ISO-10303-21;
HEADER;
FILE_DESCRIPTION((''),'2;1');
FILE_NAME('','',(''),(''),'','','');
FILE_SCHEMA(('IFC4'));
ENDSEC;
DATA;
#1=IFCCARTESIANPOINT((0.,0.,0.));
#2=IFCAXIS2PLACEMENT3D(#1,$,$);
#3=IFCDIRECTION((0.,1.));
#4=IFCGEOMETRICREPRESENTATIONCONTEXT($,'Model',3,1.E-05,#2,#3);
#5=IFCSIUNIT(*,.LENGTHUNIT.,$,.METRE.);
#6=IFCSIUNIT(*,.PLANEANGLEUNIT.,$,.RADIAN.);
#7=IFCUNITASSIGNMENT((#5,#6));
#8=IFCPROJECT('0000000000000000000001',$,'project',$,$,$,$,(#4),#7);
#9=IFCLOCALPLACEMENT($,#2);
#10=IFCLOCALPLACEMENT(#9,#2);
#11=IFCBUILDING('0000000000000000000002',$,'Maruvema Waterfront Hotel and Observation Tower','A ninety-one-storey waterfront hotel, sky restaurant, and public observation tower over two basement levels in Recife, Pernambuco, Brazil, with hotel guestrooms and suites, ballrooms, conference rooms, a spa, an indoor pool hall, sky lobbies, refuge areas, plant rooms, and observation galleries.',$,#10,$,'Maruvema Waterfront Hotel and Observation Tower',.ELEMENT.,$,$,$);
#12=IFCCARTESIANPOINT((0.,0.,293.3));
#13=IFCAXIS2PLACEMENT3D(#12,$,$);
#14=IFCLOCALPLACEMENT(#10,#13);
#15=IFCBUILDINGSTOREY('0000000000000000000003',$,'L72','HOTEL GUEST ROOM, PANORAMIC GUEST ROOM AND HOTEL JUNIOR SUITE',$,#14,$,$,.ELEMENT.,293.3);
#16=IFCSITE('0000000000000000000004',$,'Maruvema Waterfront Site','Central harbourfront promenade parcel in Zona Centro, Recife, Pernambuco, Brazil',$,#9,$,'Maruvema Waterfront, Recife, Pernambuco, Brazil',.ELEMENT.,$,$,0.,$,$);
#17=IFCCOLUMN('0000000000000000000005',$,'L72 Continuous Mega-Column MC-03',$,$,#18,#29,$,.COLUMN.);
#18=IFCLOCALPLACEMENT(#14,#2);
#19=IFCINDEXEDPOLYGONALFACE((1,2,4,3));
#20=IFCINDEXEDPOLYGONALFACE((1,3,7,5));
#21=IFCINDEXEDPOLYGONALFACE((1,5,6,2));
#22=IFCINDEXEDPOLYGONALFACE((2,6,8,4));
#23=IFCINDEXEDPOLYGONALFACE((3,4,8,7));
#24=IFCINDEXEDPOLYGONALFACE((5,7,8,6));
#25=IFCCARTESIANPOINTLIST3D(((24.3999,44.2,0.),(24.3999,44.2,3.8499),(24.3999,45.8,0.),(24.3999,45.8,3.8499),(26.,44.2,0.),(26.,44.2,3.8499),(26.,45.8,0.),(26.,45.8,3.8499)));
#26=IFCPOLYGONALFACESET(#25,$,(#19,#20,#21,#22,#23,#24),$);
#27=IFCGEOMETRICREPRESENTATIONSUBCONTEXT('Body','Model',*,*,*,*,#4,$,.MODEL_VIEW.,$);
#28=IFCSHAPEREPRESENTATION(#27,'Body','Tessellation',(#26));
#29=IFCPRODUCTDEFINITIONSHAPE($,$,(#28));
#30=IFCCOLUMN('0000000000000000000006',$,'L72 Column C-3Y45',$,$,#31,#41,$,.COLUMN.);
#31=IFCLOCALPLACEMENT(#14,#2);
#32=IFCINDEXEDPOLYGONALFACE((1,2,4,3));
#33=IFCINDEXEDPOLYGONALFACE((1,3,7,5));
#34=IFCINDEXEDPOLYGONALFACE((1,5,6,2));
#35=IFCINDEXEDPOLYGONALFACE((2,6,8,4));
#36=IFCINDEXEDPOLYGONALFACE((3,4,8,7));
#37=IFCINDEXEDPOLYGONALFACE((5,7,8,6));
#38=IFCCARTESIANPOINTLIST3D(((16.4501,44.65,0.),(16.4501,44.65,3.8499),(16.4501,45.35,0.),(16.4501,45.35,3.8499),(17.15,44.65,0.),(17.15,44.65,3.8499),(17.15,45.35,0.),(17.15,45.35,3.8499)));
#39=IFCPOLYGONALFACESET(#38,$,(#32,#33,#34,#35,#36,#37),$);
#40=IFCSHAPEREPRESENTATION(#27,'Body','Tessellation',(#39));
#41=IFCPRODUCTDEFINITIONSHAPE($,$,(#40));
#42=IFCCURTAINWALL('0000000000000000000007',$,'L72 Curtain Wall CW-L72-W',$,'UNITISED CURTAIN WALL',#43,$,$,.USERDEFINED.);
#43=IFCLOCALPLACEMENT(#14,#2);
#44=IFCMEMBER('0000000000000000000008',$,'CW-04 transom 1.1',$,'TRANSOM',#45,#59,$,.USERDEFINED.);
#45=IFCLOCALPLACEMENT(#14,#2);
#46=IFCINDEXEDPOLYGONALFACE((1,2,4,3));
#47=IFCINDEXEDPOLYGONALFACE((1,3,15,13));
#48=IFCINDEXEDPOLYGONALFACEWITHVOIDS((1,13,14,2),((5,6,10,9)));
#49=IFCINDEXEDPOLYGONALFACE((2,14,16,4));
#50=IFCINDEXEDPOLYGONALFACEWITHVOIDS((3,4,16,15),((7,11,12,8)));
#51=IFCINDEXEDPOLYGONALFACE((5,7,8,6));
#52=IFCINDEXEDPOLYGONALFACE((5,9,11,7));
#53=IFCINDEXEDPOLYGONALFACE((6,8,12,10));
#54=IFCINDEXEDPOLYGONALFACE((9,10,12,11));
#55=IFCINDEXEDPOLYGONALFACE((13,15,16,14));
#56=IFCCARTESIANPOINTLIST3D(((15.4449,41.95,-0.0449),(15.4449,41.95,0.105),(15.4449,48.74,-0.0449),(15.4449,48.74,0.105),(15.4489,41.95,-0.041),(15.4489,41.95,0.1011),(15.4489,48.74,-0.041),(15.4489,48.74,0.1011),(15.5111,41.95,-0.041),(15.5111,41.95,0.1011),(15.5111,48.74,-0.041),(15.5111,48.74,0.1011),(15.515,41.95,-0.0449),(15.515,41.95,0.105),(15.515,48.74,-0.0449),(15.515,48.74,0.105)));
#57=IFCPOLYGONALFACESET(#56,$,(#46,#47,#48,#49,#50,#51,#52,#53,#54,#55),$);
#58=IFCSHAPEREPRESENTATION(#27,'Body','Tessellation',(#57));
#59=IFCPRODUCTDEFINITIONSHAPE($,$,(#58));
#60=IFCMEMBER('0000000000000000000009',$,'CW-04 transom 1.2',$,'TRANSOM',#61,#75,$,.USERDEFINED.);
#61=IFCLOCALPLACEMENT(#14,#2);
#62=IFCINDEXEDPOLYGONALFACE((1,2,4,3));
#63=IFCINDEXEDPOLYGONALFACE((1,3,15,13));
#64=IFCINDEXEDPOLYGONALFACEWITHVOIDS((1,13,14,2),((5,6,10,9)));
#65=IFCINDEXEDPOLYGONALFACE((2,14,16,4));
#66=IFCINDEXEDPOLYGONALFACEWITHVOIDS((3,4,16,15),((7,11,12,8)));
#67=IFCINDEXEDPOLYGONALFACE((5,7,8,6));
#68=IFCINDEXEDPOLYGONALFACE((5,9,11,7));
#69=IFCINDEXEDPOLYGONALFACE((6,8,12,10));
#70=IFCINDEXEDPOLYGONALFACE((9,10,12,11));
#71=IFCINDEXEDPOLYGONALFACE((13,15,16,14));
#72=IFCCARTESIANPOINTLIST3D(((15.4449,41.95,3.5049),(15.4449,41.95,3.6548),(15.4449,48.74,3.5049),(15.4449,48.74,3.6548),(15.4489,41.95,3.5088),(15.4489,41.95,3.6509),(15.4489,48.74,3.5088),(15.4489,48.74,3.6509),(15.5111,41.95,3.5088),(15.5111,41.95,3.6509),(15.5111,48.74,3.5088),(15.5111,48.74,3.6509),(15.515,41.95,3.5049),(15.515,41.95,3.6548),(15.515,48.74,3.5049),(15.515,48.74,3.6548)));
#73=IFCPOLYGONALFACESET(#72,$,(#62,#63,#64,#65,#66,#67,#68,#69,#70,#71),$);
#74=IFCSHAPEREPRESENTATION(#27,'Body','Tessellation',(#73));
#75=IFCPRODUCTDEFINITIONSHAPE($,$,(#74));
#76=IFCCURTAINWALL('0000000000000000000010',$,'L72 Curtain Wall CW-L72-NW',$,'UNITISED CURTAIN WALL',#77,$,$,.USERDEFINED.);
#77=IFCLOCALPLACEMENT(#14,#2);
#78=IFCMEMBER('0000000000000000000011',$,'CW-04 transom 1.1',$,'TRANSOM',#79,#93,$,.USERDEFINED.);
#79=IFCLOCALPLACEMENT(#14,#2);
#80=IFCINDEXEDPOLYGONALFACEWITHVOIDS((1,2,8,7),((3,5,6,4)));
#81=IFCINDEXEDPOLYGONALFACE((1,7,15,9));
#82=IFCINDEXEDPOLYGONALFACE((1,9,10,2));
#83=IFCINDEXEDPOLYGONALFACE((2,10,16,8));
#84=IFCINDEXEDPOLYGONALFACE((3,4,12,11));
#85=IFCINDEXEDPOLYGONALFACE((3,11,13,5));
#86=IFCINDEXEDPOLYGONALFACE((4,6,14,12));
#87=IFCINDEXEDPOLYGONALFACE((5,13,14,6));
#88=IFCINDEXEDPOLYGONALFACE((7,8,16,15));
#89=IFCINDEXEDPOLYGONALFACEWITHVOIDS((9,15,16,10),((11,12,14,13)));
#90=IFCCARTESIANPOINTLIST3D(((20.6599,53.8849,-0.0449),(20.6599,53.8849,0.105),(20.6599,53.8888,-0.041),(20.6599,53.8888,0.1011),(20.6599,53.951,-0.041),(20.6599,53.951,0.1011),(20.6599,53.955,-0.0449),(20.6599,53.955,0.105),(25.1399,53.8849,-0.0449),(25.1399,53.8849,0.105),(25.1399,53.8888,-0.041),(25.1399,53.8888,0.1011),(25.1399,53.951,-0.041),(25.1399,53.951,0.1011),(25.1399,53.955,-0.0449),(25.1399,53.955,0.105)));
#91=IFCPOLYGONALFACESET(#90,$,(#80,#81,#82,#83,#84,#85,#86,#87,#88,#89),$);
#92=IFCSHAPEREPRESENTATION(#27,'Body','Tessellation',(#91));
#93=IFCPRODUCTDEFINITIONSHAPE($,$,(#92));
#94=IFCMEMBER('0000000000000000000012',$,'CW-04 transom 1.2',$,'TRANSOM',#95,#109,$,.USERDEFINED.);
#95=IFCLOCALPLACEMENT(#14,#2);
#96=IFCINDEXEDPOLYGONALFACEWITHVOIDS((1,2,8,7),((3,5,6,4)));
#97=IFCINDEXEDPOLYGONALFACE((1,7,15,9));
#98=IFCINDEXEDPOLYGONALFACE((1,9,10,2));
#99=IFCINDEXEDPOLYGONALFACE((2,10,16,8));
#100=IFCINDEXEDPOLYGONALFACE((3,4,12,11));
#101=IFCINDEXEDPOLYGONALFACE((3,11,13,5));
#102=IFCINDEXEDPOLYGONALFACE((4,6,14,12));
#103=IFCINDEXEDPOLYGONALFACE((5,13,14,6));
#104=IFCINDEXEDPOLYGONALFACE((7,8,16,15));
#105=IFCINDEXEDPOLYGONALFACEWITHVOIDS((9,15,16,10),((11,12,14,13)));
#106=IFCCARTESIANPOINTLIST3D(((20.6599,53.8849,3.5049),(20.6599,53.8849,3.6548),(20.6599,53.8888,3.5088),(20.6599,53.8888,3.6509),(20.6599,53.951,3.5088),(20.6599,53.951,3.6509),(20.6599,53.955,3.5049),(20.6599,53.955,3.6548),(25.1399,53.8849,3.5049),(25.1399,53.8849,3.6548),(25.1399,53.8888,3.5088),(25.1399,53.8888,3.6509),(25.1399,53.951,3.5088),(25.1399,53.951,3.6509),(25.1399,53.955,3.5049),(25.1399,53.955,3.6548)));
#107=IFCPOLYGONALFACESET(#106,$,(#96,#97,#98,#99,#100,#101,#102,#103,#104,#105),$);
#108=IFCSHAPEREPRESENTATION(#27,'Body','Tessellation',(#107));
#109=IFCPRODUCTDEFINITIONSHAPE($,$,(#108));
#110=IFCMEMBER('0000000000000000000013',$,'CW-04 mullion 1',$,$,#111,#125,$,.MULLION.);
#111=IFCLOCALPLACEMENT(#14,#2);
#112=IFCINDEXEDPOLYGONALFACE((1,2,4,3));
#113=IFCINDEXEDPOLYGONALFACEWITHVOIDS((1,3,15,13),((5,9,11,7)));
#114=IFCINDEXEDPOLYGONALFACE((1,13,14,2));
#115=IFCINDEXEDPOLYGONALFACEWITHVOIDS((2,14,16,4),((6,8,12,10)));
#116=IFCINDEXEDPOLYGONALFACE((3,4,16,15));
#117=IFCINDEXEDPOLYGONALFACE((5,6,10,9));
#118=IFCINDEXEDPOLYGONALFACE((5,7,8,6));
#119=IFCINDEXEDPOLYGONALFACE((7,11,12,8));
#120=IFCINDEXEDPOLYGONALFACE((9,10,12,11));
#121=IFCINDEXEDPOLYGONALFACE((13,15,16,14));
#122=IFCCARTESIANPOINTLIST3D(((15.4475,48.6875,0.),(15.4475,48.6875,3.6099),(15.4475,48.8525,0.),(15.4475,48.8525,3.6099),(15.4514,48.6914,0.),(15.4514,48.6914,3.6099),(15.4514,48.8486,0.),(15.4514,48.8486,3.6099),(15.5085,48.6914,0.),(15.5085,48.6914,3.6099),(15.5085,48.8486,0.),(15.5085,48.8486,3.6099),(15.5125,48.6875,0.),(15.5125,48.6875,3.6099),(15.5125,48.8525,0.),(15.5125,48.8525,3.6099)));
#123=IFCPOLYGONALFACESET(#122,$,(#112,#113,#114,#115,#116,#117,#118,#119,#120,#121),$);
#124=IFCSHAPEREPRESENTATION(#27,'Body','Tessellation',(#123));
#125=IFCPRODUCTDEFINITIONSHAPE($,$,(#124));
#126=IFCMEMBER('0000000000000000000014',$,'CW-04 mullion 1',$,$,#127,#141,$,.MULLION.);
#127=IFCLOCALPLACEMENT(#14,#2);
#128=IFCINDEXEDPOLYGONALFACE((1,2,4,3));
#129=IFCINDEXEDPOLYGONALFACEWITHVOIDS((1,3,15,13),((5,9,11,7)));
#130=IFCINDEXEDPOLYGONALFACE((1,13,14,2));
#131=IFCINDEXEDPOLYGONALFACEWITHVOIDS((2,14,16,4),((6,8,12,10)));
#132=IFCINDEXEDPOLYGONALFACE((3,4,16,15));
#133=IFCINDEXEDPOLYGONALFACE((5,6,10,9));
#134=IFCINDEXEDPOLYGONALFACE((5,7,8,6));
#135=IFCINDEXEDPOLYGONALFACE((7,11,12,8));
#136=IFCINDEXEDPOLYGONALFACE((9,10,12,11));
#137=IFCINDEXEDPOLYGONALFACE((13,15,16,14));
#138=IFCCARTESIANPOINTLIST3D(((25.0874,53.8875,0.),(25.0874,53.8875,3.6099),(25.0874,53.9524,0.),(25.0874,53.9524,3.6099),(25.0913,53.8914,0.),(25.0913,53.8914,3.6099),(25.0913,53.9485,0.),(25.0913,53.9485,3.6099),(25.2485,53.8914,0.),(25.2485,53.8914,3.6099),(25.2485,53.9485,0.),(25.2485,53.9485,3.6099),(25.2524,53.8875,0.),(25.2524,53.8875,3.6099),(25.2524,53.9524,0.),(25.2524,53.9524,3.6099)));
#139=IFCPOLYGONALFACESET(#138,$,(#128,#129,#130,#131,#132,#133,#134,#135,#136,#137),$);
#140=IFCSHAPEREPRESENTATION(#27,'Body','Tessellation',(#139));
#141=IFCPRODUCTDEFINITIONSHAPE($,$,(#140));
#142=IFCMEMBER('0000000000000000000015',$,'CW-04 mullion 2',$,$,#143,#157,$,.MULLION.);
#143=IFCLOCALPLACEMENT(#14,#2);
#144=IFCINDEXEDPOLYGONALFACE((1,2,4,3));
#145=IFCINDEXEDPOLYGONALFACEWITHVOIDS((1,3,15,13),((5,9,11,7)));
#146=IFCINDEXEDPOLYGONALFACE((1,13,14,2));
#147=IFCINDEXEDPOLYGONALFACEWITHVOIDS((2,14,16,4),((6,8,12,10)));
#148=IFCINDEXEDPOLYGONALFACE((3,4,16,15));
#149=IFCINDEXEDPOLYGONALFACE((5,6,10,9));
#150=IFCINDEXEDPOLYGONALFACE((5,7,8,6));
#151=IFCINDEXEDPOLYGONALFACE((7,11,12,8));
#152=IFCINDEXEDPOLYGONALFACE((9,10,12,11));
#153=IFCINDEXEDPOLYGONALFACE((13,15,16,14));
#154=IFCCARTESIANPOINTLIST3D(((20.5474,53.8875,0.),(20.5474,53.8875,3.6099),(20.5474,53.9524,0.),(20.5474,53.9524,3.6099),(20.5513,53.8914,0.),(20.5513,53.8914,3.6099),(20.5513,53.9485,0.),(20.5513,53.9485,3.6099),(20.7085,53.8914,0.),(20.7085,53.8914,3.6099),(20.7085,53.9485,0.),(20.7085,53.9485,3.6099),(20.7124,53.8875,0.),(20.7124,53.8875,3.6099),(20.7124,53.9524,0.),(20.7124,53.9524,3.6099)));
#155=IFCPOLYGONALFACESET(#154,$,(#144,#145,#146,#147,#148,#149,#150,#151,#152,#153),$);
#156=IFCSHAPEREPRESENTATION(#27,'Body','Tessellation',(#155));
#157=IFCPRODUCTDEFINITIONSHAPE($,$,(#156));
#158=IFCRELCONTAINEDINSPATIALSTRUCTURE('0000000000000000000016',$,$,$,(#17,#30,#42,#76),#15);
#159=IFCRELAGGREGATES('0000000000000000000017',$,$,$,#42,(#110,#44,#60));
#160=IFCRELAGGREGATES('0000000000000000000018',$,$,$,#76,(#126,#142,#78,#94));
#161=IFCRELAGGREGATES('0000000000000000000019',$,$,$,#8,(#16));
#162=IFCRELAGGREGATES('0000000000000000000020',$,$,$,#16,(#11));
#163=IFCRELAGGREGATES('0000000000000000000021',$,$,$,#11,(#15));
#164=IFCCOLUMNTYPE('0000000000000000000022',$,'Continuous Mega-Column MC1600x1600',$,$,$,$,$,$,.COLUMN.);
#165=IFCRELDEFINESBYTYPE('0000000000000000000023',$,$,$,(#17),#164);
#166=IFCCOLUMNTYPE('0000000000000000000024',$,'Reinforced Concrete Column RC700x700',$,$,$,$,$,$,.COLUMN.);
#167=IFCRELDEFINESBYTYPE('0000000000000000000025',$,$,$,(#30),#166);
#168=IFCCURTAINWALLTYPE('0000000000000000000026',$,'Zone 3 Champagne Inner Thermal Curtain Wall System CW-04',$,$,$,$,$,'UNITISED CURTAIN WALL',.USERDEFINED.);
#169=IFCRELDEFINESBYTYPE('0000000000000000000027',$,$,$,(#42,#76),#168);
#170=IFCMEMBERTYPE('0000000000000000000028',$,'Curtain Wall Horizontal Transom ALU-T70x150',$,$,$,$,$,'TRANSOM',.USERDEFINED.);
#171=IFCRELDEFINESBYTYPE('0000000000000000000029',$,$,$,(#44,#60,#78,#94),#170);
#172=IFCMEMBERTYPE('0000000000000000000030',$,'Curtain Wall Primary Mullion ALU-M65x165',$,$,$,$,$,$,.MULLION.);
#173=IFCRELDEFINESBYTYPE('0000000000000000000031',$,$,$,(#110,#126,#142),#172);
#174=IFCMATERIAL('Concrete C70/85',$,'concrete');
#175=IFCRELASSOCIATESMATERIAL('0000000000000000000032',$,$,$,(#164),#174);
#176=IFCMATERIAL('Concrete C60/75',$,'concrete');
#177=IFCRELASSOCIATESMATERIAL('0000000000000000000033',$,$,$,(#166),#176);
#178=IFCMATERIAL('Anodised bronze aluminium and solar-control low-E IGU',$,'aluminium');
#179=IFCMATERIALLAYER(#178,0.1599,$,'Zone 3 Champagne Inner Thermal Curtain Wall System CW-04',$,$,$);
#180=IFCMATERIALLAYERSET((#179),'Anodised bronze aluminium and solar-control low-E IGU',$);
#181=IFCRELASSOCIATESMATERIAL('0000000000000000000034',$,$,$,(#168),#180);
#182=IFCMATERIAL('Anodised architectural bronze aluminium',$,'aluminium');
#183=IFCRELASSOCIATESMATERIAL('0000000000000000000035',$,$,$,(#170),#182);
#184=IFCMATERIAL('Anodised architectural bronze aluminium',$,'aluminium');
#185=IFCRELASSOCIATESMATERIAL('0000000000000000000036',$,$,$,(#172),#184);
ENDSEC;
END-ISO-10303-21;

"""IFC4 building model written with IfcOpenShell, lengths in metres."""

from ifc_helpers import new_model, si_unit, direction, frame, origin, origin_2d, place, context, subcontext, project, spatial, rectangle, hollow_rectangle, extrude, material, layer, layer_set, material_profile, profile_set, type_object, element, aggregate, save


model = new_model("IFC4")

# Units and contexts
model_context = context("Model", 3, precision=1e-05, world=origin(), true_north=direction((0.0, 1.0)))
body_context = subcontext(model_context, "Body", "Model", "MODEL_VIEW")
ifc_project = project(units=[si_unit("LENGTHUNIT", "METRE"), si_unit("PLANEANGLEUNIT", "RADIAN")], contexts=[model_context])

# Site, building, storey
site_placement = place(None, origin())
site = spatial("IfcSite", under=ifc_project, at=site_placement, Name="Maruvema Waterfront Site", Description="Central harbourfront promenade parcel in Zona Centro, Recife, Pernambuco, Brazil", LongName="Maruvema Waterfront, Recife, Pernambuco, Brazil", CompositionType="ELEMENT", RefElevation=0.0)
building_placement = place(site_placement, origin())
building = spatial("IfcBuilding", under=site, at=building_placement, Name="Maruvema Waterfront Hotel and Observation Tower", Description="A ninety-one-storey waterfront hotel, sky restaurant, and public observation tower over two basement levels in Recife, Pernambuco, Brazil, with hotel guestrooms and suites, ballrooms, conference rooms, a spa, an indoor pool hall, sky lobbies, refuge areas, plant rooms, and observation galleries.", LongName="Maruvema Waterfront Hotel and Observation Tower", CompositionType="ELEMENT")
storey_placement = place(building_placement, frame((0.0, 0.0, 293.3)))
storey = spatial("IfcBuildingStorey", under=building, at=storey_placement, Name="L72", Description="HOTEL GUEST ROOM, PANORAMIC GUEST ROOM AND HOTEL JUNIOR SUITE", CompositionType="ELEMENT", Elevation=293.3)

# Columns
ifc_material_1 = material(Name="Concrete C70/85", Category="concrete")
ifc_material_profile_1 = material_profile(ifc_material_1, rectangle(XDim=1.6001, YDim=1.6001, at=origin_2d()), Name="MC1600x1600")
ifc_profile_set_1 = profile_set([ifc_material_profile_1], Name="Concrete C70/85")
column_type_1 = type_object("IfcColumnType", Name="Continuous Mega-Column MC1600x1600", PredefinedType="COLUMN", material=ifc_profile_set_1)
column_1_placement = place(storey_placement, frame((25.2, 45.0, 0.0), z_axis=(0.0, 0.0, 1.0), x_axis=(1.0, 0.0, 0.0)))
element("IfcColumn", 1, at=column_1_placement, inside=storey, type_object=column_type_1, Name="L72 Continuous Mega-Column MC-03", PredefinedType="COLUMN", context=body_context, shape_type="SweptSolid", body=[
    extrude(rectangle(XDim=1.6001, YDim=1.6001, at=origin_2d()), origin(), (0.0, 0.0, 1.0), 3.8499),
])
ifc_material_2 = material(Name="Concrete C60/75", Category="concrete")
ifc_material_profile_2 = material_profile(ifc_material_2, rectangle(XDim=0.7, YDim=0.7, at=origin_2d()), Name="RC700x700")
ifc_profile_set_2 = profile_set([ifc_material_profile_2], Name="Concrete C60/75")
column_type_2 = type_object("IfcColumnType", Name="Reinforced Concrete Column RC700x700", PredefinedType="COLUMN", material=ifc_profile_set_2)
column_2_placement = place(storey_placement, frame((16.8, 45.0, 0.0), z_axis=(0.0, 0.0, 1.0), x_axis=(1.0, 0.0, 0.0)))
element("IfcColumn", 2, at=column_2_placement, inside=storey, type_object=column_type_2, Name="L72 Column C-3Y45", PredefinedType="COLUMN", context=body_context, shape_type="SweptSolid", body=[
    extrude(rectangle(XDim=0.7, YDim=0.7, at=origin_2d()), origin(), (0.0, 0.0, 1.0), 3.8499),
])

# Curtain walls, members
ifc_material_3 = material(Name="Anodised bronze aluminium and solar-control low-E IGU", Category="aluminium")
ifc_layer_1 = layer(ifc_material_3, 0.1599, Name="Zone 3 Champagne Inner Thermal Curtain Wall System CW-04")
ifc_layer_set_1 = layer_set([ifc_layer_1], Name="Anodised bronze aluminium and solar-control low-E IGU")
curtain_wall_type = type_object("IfcCurtainWallType", Name="Zone 3 Champagne Inner Thermal Curtain Wall System CW-04", ElementType="UNITISED CURTAIN WALL", PredefinedType="USERDEFINED", material=ifc_layer_set_1)
curtain_wall_1_placement = place(storey_placement, origin())
curtain_wall_1 = element("IfcCurtainWall", 3, at=curtain_wall_1_placement, inside=storey, type_object=curtain_wall_type, Name="L72 Curtain Wall CW-L72-W", ObjectType="UNITISED CURTAIN WALL", PredefinedType="USERDEFINED")
ifc_material_4 = material(Name="Anodised architectural bronze aluminium", Category="aluminium")
ifc_material_profile_3 = material_profile(ifc_material_4, hollow_rectangle(XDim=0.0701, YDim=0.1499, WallThickness=0.0039, at=origin_2d()), Name="ALU-T70x150")
ifc_profile_set_3 = profile_set([ifc_material_profile_3], Name="Anodised architectural bronze aluminium")
member_type_1 = type_object("IfcMemberType", Name="Curtain Wall Horizontal Transom ALU-T70x150", ElementType="TRANSOM", PredefinedType="USERDEFINED", material=ifc_profile_set_3)
member_1_placement = place(storey_placement, frame((15.48, 48.74, 0.03), z_axis=(0.0, -1.0, 0.0), x_axis=(1.0, 0.0, 0.0)))
member_1 = element("IfcMember", 4, at=member_1_placement, type_object=member_type_1, Name="CW-04 transom 1.1", ObjectType="TRANSOM", PredefinedType="USERDEFINED", context=body_context, shape_type="SweptSolid", body=[
    extrude(hollow_rectangle(XDim=0.0701, YDim=0.1499, WallThickness=0.0039, at=origin_2d()), origin(), (0.0, 0.0, 1.0), 6.79),
])
member_2_placement = place(storey_placement, frame((15.48, 48.74, 3.5798), z_axis=(0.0, -1.0, 0.0), x_axis=(1.0, 0.0, 0.0)))
member_2 = element("IfcMember", 5, at=member_2_placement, type_object=member_type_1, Name="CW-04 transom 1.2", ObjectType="TRANSOM", PredefinedType="USERDEFINED", context=body_context, shape_type="SweptSolid", body=[
    extrude(hollow_rectangle(XDim=0.0701, YDim=0.1499, WallThickness=0.0039, at=origin_2d()), origin(), (0.0, 0.0, 1.0), 6.79),
])
curtain_wall_2_placement = place(storey_placement, origin())
curtain_wall_2 = element("IfcCurtainWall", 6, at=curtain_wall_2_placement, inside=storey, type_object=curtain_wall_type, Name="L72 Curtain Wall CW-L72-NW", ObjectType="UNITISED CURTAIN WALL", PredefinedType="USERDEFINED")
member_3_placement = place(storey_placement, frame((25.1399, 53.9199, 0.03), z_axis=(-1.0, 0.0, 0.0), x_axis=(0.0, -1.0, 0.0)))
member_3 = element("IfcMember", 7, at=member_3_placement, type_object=member_type_1, Name="CW-04 transom 1.1", ObjectType="TRANSOM", PredefinedType="USERDEFINED", context=body_context, shape_type="SweptSolid", body=[
    extrude(hollow_rectangle(XDim=0.0701, YDim=0.1499, WallThickness=0.0039, at=origin_2d()), origin(), (0.0, 0.0, 1.0), 4.48),
])
member_4_placement = place(storey_placement, frame((25.1399, 53.9199, 3.5798), z_axis=(-1.0, 0.0, 0.0), x_axis=(0.0, -1.0, 0.0)))
member_4 = element("IfcMember", 8, at=member_4_placement, type_object=member_type_1, Name="CW-04 transom 1.2", ObjectType="TRANSOM", PredefinedType="USERDEFINED", context=body_context, shape_type="SweptSolid", body=[
    extrude(hollow_rectangle(XDim=0.0701, YDim=0.1499, WallThickness=0.0039, at=origin_2d()), origin(), (0.0, 0.0, 1.0), 4.48),
])

# Members
ifc_material_5 = material(Name="Anodised architectural bronze aluminium", Category="aluminium")
ifc_material_profile_4 = material_profile(ifc_material_5, hollow_rectangle(XDim=0.0649, YDim=0.165, WallThickness=0.0039, at=origin_2d()), Name="ALU-M65x165")
ifc_profile_set_4 = profile_set([ifc_material_profile_4], Name="Anodised architectural bronze aluminium")
member_type_2 = type_object("IfcMemberType", Name="Curtain Wall Primary Mullion ALU-M65x165", PredefinedType="MULLION", material=ifc_profile_set_4)
member_5_placement = place(storey_placement, frame((15.48, 48.77, 0.0), z_axis=(0.0, 0.0, 1.0), x_axis=(1.0, 0.0, 0.0)))
member_5 = element("IfcMember", 9, at=member_5_placement, type_object=member_type_2, Name="CW-04 mullion 1", PredefinedType="MULLION", context=body_context, shape_type="SweptSolid", body=[
    extrude(hollow_rectangle(XDim=0.0649, YDim=0.165, WallThickness=0.0039, at=origin_2d()), origin(), (0.0, 0.0, 1.0), 3.6099),
])
member_6_placement = place(storey_placement, frame((25.1699, 53.9199, 0.0), z_axis=(0.0, 0.0, 1.0), x_axis=(0.0, -1.0, 0.0)))
member_6 = element("IfcMember", 10, at=member_6_placement, type_object=member_type_2, Name="CW-04 mullion 1", PredefinedType="MULLION", context=body_context, shape_type="SweptSolid", body=[
    extrude(hollow_rectangle(XDim=0.0649, YDim=0.165, WallThickness=0.0039, at=origin_2d()), origin(), (0.0, 0.0, 1.0), 3.6099),
])
member_7_placement = place(storey_placement, frame((20.6299, 53.9199, 0.0), z_axis=(0.0, 0.0, 1.0), x_axis=(0.0, -1.0, 0.0)))
member_7 = element("IfcMember", 11, at=member_7_placement, type_object=member_type_2, Name="CW-04 mullion 2", PredefinedType="MULLION", context=body_context, shape_type="SweptSolid", body=[
    extrude(hollow_rectangle(XDim=0.0649, YDim=0.165, WallThickness=0.0039, at=origin_2d()), origin(), (0.0, 0.0, 1.0), 3.6099),
])

aggregate(curtain_wall_1, [member_5, member_1, member_2])
aggregate(curtain_wall_2, [member_6, member_7, member_3, member_4])

save(model, "model.ifc")
